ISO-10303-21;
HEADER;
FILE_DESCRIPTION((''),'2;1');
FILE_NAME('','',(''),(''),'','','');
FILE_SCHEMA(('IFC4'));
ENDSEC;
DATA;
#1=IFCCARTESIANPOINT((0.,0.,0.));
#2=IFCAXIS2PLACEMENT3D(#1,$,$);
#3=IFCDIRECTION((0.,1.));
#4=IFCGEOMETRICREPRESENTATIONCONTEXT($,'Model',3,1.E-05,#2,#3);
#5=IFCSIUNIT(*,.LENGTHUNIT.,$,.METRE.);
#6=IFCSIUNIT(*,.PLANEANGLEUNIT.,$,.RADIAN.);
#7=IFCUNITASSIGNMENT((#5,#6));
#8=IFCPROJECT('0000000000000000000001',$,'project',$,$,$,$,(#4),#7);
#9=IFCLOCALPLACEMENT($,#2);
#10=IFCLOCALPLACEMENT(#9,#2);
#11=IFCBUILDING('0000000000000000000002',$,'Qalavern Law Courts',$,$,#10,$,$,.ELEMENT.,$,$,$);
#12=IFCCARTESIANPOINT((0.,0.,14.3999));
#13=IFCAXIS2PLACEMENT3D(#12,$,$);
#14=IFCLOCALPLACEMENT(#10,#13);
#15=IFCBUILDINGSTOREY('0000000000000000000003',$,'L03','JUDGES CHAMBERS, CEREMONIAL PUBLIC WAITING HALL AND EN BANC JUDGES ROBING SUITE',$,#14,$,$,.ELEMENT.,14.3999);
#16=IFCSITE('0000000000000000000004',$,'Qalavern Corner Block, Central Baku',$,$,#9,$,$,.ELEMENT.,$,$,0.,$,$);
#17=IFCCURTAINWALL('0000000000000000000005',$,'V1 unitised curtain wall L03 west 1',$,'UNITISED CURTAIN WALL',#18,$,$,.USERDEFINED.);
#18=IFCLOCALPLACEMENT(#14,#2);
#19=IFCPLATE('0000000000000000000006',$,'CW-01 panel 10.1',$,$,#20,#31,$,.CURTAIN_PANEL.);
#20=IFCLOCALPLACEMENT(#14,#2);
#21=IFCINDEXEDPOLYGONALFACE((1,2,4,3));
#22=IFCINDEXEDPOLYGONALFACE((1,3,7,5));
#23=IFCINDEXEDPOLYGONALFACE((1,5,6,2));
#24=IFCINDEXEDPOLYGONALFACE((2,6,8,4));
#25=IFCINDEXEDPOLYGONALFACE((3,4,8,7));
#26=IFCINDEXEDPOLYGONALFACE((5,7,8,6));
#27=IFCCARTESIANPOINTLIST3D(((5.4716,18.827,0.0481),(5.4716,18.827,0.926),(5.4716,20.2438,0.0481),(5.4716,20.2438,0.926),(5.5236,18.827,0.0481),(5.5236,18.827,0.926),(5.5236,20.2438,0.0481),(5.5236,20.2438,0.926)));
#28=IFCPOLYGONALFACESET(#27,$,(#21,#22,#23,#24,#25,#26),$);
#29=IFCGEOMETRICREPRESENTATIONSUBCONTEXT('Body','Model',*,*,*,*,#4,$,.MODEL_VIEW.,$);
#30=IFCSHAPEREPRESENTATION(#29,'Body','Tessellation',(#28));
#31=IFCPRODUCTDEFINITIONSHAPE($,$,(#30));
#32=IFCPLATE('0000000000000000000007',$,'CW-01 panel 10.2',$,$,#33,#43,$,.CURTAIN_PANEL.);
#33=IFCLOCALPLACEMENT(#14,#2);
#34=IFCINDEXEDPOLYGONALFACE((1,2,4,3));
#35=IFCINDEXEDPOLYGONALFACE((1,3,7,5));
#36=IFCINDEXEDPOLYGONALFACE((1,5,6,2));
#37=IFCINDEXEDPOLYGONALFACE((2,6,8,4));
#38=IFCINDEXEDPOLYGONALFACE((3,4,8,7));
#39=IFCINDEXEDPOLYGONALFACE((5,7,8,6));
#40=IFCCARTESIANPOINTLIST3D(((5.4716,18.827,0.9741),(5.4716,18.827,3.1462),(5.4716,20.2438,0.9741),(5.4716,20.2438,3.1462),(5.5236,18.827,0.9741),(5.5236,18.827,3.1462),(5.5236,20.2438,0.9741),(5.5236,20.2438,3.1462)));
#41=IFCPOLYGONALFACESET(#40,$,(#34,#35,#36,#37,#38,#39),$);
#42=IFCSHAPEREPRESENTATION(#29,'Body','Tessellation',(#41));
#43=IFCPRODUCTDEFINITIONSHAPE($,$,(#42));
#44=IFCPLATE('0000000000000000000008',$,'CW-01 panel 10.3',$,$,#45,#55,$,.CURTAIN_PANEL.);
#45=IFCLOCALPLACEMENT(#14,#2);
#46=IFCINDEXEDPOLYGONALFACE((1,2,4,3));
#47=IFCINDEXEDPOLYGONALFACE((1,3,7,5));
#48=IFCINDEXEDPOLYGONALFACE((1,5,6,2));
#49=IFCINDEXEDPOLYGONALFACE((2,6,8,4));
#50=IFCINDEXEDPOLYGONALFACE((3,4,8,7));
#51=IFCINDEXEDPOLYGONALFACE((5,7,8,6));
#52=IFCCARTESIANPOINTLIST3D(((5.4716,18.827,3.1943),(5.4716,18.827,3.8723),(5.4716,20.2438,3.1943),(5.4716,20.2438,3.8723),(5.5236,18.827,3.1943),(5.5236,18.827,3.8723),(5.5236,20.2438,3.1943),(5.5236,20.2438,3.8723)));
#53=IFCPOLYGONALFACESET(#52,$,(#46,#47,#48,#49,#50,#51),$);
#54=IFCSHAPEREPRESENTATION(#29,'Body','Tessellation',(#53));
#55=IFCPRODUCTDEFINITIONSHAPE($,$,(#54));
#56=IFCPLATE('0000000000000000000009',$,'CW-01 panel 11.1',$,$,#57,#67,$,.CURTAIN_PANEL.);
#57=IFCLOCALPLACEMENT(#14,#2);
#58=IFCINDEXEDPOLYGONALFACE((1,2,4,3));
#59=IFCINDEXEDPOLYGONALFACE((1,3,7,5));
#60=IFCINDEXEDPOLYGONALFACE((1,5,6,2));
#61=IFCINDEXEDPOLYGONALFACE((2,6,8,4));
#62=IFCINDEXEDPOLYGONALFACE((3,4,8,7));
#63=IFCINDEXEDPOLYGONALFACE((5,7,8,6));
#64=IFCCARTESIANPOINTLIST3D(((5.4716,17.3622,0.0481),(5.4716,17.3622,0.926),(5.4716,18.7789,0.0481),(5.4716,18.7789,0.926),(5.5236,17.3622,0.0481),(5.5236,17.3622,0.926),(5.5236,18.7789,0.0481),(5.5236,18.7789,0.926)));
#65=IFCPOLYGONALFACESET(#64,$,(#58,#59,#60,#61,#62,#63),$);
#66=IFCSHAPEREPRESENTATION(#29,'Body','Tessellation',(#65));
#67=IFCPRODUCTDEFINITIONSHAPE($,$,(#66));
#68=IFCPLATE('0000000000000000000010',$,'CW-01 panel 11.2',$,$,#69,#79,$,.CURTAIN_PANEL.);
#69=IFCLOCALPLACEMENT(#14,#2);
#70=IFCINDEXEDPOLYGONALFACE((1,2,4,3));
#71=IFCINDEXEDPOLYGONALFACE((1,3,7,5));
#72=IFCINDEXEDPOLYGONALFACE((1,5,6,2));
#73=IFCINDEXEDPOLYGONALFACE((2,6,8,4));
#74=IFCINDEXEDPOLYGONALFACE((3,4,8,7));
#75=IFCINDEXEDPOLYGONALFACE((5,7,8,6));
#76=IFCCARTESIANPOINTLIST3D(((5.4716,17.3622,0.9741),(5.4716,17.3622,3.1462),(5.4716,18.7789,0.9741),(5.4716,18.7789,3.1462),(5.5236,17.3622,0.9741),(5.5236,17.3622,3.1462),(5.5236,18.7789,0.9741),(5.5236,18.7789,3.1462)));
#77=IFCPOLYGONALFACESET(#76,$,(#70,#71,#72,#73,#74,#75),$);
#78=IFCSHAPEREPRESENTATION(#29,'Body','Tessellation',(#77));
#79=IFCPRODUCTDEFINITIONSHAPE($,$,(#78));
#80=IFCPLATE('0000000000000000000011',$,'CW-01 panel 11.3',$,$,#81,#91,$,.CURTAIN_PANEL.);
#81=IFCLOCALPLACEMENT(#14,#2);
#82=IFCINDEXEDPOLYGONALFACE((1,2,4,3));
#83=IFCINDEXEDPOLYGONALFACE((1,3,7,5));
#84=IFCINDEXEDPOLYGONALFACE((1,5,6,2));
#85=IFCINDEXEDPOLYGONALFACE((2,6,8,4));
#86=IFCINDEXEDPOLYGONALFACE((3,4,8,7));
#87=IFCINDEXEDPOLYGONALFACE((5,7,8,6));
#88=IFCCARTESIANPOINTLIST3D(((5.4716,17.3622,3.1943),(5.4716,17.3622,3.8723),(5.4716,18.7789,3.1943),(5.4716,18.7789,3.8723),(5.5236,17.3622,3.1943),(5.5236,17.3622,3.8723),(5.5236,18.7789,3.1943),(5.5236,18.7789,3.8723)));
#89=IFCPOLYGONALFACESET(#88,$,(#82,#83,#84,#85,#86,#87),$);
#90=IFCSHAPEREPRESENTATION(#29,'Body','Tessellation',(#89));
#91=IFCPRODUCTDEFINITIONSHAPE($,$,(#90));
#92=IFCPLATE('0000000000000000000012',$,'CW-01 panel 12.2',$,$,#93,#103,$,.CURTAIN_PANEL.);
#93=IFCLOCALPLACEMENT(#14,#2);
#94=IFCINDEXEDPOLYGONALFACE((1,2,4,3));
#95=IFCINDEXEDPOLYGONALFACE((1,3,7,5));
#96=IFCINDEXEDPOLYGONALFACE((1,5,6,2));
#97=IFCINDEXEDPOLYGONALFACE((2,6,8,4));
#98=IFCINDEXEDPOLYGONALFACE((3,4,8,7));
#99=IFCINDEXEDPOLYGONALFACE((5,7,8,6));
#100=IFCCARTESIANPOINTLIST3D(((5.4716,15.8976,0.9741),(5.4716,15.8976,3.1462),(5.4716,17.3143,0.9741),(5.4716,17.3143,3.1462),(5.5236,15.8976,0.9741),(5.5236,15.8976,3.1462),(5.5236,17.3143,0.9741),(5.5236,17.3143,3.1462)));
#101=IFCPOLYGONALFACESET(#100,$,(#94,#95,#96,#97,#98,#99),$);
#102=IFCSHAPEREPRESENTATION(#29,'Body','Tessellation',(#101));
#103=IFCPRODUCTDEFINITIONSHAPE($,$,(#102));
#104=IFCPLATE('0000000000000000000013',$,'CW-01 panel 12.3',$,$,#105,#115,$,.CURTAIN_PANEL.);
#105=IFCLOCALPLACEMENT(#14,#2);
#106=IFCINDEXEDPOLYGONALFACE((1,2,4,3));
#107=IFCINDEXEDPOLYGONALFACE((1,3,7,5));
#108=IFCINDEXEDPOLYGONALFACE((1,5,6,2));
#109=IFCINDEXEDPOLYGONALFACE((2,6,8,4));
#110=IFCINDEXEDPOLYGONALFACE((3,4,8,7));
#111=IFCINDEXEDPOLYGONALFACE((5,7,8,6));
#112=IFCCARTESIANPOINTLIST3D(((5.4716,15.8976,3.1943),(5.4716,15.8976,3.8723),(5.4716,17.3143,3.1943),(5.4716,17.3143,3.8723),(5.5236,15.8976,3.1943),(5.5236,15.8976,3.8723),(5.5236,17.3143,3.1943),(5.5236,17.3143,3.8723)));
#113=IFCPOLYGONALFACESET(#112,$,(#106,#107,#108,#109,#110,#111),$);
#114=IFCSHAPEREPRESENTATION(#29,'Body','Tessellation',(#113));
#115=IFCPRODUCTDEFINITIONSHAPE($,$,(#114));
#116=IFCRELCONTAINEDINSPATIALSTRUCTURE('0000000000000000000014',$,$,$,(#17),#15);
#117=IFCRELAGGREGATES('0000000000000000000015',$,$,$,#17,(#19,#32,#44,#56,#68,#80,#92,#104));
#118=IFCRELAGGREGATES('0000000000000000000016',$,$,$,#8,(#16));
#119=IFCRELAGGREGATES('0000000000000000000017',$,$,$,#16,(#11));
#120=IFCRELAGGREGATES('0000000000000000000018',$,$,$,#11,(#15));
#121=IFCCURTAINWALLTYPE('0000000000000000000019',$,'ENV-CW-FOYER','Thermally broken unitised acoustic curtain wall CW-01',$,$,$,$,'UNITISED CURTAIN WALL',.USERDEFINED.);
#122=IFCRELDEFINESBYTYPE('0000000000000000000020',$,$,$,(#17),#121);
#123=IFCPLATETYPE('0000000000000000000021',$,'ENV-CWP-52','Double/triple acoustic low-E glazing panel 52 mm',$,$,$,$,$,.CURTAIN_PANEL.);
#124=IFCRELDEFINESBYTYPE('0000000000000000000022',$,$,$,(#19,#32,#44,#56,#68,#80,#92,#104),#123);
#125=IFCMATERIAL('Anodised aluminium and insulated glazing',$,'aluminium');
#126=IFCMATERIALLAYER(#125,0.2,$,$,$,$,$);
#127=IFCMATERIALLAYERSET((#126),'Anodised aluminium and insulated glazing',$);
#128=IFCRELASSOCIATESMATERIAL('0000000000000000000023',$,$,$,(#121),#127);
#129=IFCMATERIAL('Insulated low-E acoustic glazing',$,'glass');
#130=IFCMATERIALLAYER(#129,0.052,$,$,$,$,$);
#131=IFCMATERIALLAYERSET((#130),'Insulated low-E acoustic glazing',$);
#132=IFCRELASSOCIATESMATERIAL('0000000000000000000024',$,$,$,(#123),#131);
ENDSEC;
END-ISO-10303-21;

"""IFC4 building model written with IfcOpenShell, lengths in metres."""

from ifc_helpers import new_model, si_unit, direction, frame, origin, origin_2d, place, context, subcontext, project, spatial, rectangle, extrude, material, layer, layer_set, type_object, element, aggregate, save


model = new_model("IFC4")

# Units and contexts
model_context = context("Model", 3, precision=1e-05, world=origin(), true_north=direction((0.0, 1.0)))
body_context = subcontext(model_context, "Body", "Model", "MODEL_VIEW")
ifc_project = project(units=[si_unit("LENGTHUNIT", "METRE"), si_unit("PLANEANGLEUNIT", "RADIAN")], contexts=[model_context])

# Site, building, storey
site_placement = place(None, origin())
site = spatial("IfcSite", under=ifc_project, at=site_placement, Name="Qalavern Corner Block, Central Baku", CompositionType="ELEMENT", RefElevation=0.0)
building_placement = place(site_placement, origin())
building = spatial("IfcBuilding", under=site, at=building_placement, Name="Qalavern Law Courts", CompositionType="ELEMENT")
storey_placement = place(building_placement, frame((0.0, 0.0, 14.3999)))
storey = spatial("IfcBuildingStorey", under=building, at=storey_placement, Name="L03", Description="JUDGES CHAMBERS, CEREMONIAL PUBLIC WAITING HALL AND EN BANC JUDGES ROBING SUITE", CompositionType="ELEMENT", Elevation=14.3999)

# Curtain wall, plates
ifc_material_1 = material(Name="Anodised aluminium and insulated glazing", Category="aluminium")
ifc_layer_1 = layer(ifc_material_1, 0.2)
ifc_layer_set_1 = layer_set([ifc_layer_1], Name="Anodised aluminium and insulated glazing")
curtain_wall_type = type_object("IfcCurtainWallType", Name="ENV-CW-FOYER", Description="Thermally broken unitised acoustic curtain wall CW-01", ElementType="UNITISED CURTAIN WALL", PredefinedType="USERDEFINED", material=ifc_layer_set_1)
curtain_wall_placement = place(storey_placement, origin())
curtain_wall = element("IfcCurtainWall", 1, at=curtain_wall_placement, inside=storey, type_object=curtain_wall_type, Name="V1 unitised curtain wall L03 west 1", ObjectType="UNITISED CURTAIN WALL", PredefinedType="USERDEFINED")
ifc_material_2 = material(Name="Insulated low-E acoustic glazing", Category="glass")
ifc_layer_2 = layer(ifc_material_2, 0.052)
ifc_layer_set_2 = layer_set([ifc_layer_2], Name="Insulated low-E acoustic glazing")
plate_type = type_object("IfcPlateType", Name="ENV-CWP-52", Description="Double/triple acoustic low-E glazing panel 52 mm", PredefinedType="CURTAIN_PANEL", material=ifc_layer_set_2)
plate_1_placement = place(storey_placement, frame((5.4976, 19.5354, 0.0481), z_axis=(0.0, 0.0, 1.0), x_axis=(0.0, -1.0, 0.0)))
plate_1 = element("IfcPlate", 2, at=plate_1_placement, type_object=plate_type, Name="CW-01 panel 10.1", PredefinedType="CURTAIN_PANEL", context=body_context, shape_type="SweptSolid", body=[
    extrude(rectangle(XDim=1.4167, YDim=0.052, at=origin_2d()), origin(), (0.0, 0.0, 1.0), 0.8779),
])
plate_2_placement = place(storey_placement, frame((5.4976, 19.5354, 0.9741), z_axis=(0.0, 0.0, 1.0), x_axis=(0.0, -1.0, 0.0)))
plate_2 = element("IfcPlate", 3, at=plate_2_placement, type_object=plate_type, Name="CW-01 panel 10.2", PredefinedType="CURTAIN_PANEL", context=body_context, shape_type="SweptSolid", body=[
    extrude(rectangle(XDim=1.4167, YDim=0.052, at=origin_2d()), origin(), (0.0, 0.0, 1.0), 2.1721),
])
plate_3_placement = place(storey_placement, frame((5.4976, 19.5354, 3.1943), z_axis=(0.0, 0.0, 1.0), x_axis=(0.0, -1.0, 0.0)))
plate_3 = element("IfcPlate", 4, at=plate_3_placement, type_object=plate_type, Name="CW-01 panel 10.3", PredefinedType="CURTAIN_PANEL", context=body_context, shape_type="SweptSolid", body=[
    extrude(rectangle(XDim=1.4167, YDim=0.052, at=origin_2d()), origin(), (0.0, 0.0, 1.0), 0.678),
])
plate_4_placement = place(storey_placement, frame((5.4976, 18.0706, 0.0481), z_axis=(0.0, 0.0, 1.0), x_axis=(0.0, -1.0, 0.0)))
plate_4 = element("IfcPlate", 5, at=plate_4_placement, type_object=plate_type, Name="CW-01 panel 11.1", PredefinedType="CURTAIN_PANEL", context=body_context, shape_type="SweptSolid", body=[
    extrude(rectangle(XDim=1.4167, YDim=0.052, at=origin_2d()), origin(), (0.0, 0.0, 1.0), 0.8779),
])
plate_5_placement = place(storey_placement, frame((5.4976, 18.0706, 0.9741), z_axis=(0.0, 0.0, 1.0), x_axis=(0.0, -1.0, 0.0)))
plate_5 = element("IfcPlate", 6, at=plate_5_placement, type_object=plate_type, Name="CW-01 panel 11.2", PredefinedType="CURTAIN_PANEL", context=body_context, shape_type="SweptSolid", body=[
    extrude(rectangle(XDim=1.4167, YDim=0.052, at=origin_2d()), origin(), (0.0, 0.0, 1.0), 2.1721),
])
plate_6_placement = place(storey_placement, frame((5.4976, 18.0706, 3.1943), z_axis=(0.0, 0.0, 1.0), x_axis=(0.0, -1.0, 0.0)))
plate_6 = element("IfcPlate", 7, at=plate_6_placement, type_object=plate_type, Name="CW-01 panel 11.3", PredefinedType="CURTAIN_PANEL", context=body_context, shape_type="SweptSolid", body=[
    extrude(rectangle(XDim=1.4167, YDim=0.052, at=origin_2d()), origin(), (0.0, 0.0, 1.0), 0.678),
])
plate_7_placement = place(storey_placement, frame((5.4976, 16.606, 0.9741), z_axis=(0.0, 0.0, 1.0), x_axis=(0.0, -1.0, 0.0)))
plate_7 = element("IfcPlate", 8, at=plate_7_placement, type_object=plate_type, Name="CW-01 panel 12.2", PredefinedType="CURTAIN_PANEL", context=body_context, shape_type="SweptSolid", body=[
    extrude(rectangle(XDim=1.4167, YDim=0.052, at=origin_2d()), origin(), (0.0, 0.0, 1.0), 2.1721),
])
plate_8_placement = place(storey_placement, frame((5.4976, 16.606, 3.1943), z_axis=(0.0, 0.0, 1.0), x_axis=(0.0, -1.0, 0.0)))
plate_8 = element("IfcPlate", 9, at=plate_8_placement, type_object=plate_type, Name="CW-01 panel 12.3", PredefinedType="CURTAIN_PANEL", context=body_context, shape_type="SweptSolid", body=[
    extrude(rectangle(XDim=1.4167, YDim=0.052, at=origin_2d()), origin(), (0.0, 0.0, 1.0), 0.678),
])
aggregate(curtain_wall, [plate_1, plate_2, plate_3, plate_4, plate_5, plate_6, plate_7, plate_8])

save(model, "model.ifc")
